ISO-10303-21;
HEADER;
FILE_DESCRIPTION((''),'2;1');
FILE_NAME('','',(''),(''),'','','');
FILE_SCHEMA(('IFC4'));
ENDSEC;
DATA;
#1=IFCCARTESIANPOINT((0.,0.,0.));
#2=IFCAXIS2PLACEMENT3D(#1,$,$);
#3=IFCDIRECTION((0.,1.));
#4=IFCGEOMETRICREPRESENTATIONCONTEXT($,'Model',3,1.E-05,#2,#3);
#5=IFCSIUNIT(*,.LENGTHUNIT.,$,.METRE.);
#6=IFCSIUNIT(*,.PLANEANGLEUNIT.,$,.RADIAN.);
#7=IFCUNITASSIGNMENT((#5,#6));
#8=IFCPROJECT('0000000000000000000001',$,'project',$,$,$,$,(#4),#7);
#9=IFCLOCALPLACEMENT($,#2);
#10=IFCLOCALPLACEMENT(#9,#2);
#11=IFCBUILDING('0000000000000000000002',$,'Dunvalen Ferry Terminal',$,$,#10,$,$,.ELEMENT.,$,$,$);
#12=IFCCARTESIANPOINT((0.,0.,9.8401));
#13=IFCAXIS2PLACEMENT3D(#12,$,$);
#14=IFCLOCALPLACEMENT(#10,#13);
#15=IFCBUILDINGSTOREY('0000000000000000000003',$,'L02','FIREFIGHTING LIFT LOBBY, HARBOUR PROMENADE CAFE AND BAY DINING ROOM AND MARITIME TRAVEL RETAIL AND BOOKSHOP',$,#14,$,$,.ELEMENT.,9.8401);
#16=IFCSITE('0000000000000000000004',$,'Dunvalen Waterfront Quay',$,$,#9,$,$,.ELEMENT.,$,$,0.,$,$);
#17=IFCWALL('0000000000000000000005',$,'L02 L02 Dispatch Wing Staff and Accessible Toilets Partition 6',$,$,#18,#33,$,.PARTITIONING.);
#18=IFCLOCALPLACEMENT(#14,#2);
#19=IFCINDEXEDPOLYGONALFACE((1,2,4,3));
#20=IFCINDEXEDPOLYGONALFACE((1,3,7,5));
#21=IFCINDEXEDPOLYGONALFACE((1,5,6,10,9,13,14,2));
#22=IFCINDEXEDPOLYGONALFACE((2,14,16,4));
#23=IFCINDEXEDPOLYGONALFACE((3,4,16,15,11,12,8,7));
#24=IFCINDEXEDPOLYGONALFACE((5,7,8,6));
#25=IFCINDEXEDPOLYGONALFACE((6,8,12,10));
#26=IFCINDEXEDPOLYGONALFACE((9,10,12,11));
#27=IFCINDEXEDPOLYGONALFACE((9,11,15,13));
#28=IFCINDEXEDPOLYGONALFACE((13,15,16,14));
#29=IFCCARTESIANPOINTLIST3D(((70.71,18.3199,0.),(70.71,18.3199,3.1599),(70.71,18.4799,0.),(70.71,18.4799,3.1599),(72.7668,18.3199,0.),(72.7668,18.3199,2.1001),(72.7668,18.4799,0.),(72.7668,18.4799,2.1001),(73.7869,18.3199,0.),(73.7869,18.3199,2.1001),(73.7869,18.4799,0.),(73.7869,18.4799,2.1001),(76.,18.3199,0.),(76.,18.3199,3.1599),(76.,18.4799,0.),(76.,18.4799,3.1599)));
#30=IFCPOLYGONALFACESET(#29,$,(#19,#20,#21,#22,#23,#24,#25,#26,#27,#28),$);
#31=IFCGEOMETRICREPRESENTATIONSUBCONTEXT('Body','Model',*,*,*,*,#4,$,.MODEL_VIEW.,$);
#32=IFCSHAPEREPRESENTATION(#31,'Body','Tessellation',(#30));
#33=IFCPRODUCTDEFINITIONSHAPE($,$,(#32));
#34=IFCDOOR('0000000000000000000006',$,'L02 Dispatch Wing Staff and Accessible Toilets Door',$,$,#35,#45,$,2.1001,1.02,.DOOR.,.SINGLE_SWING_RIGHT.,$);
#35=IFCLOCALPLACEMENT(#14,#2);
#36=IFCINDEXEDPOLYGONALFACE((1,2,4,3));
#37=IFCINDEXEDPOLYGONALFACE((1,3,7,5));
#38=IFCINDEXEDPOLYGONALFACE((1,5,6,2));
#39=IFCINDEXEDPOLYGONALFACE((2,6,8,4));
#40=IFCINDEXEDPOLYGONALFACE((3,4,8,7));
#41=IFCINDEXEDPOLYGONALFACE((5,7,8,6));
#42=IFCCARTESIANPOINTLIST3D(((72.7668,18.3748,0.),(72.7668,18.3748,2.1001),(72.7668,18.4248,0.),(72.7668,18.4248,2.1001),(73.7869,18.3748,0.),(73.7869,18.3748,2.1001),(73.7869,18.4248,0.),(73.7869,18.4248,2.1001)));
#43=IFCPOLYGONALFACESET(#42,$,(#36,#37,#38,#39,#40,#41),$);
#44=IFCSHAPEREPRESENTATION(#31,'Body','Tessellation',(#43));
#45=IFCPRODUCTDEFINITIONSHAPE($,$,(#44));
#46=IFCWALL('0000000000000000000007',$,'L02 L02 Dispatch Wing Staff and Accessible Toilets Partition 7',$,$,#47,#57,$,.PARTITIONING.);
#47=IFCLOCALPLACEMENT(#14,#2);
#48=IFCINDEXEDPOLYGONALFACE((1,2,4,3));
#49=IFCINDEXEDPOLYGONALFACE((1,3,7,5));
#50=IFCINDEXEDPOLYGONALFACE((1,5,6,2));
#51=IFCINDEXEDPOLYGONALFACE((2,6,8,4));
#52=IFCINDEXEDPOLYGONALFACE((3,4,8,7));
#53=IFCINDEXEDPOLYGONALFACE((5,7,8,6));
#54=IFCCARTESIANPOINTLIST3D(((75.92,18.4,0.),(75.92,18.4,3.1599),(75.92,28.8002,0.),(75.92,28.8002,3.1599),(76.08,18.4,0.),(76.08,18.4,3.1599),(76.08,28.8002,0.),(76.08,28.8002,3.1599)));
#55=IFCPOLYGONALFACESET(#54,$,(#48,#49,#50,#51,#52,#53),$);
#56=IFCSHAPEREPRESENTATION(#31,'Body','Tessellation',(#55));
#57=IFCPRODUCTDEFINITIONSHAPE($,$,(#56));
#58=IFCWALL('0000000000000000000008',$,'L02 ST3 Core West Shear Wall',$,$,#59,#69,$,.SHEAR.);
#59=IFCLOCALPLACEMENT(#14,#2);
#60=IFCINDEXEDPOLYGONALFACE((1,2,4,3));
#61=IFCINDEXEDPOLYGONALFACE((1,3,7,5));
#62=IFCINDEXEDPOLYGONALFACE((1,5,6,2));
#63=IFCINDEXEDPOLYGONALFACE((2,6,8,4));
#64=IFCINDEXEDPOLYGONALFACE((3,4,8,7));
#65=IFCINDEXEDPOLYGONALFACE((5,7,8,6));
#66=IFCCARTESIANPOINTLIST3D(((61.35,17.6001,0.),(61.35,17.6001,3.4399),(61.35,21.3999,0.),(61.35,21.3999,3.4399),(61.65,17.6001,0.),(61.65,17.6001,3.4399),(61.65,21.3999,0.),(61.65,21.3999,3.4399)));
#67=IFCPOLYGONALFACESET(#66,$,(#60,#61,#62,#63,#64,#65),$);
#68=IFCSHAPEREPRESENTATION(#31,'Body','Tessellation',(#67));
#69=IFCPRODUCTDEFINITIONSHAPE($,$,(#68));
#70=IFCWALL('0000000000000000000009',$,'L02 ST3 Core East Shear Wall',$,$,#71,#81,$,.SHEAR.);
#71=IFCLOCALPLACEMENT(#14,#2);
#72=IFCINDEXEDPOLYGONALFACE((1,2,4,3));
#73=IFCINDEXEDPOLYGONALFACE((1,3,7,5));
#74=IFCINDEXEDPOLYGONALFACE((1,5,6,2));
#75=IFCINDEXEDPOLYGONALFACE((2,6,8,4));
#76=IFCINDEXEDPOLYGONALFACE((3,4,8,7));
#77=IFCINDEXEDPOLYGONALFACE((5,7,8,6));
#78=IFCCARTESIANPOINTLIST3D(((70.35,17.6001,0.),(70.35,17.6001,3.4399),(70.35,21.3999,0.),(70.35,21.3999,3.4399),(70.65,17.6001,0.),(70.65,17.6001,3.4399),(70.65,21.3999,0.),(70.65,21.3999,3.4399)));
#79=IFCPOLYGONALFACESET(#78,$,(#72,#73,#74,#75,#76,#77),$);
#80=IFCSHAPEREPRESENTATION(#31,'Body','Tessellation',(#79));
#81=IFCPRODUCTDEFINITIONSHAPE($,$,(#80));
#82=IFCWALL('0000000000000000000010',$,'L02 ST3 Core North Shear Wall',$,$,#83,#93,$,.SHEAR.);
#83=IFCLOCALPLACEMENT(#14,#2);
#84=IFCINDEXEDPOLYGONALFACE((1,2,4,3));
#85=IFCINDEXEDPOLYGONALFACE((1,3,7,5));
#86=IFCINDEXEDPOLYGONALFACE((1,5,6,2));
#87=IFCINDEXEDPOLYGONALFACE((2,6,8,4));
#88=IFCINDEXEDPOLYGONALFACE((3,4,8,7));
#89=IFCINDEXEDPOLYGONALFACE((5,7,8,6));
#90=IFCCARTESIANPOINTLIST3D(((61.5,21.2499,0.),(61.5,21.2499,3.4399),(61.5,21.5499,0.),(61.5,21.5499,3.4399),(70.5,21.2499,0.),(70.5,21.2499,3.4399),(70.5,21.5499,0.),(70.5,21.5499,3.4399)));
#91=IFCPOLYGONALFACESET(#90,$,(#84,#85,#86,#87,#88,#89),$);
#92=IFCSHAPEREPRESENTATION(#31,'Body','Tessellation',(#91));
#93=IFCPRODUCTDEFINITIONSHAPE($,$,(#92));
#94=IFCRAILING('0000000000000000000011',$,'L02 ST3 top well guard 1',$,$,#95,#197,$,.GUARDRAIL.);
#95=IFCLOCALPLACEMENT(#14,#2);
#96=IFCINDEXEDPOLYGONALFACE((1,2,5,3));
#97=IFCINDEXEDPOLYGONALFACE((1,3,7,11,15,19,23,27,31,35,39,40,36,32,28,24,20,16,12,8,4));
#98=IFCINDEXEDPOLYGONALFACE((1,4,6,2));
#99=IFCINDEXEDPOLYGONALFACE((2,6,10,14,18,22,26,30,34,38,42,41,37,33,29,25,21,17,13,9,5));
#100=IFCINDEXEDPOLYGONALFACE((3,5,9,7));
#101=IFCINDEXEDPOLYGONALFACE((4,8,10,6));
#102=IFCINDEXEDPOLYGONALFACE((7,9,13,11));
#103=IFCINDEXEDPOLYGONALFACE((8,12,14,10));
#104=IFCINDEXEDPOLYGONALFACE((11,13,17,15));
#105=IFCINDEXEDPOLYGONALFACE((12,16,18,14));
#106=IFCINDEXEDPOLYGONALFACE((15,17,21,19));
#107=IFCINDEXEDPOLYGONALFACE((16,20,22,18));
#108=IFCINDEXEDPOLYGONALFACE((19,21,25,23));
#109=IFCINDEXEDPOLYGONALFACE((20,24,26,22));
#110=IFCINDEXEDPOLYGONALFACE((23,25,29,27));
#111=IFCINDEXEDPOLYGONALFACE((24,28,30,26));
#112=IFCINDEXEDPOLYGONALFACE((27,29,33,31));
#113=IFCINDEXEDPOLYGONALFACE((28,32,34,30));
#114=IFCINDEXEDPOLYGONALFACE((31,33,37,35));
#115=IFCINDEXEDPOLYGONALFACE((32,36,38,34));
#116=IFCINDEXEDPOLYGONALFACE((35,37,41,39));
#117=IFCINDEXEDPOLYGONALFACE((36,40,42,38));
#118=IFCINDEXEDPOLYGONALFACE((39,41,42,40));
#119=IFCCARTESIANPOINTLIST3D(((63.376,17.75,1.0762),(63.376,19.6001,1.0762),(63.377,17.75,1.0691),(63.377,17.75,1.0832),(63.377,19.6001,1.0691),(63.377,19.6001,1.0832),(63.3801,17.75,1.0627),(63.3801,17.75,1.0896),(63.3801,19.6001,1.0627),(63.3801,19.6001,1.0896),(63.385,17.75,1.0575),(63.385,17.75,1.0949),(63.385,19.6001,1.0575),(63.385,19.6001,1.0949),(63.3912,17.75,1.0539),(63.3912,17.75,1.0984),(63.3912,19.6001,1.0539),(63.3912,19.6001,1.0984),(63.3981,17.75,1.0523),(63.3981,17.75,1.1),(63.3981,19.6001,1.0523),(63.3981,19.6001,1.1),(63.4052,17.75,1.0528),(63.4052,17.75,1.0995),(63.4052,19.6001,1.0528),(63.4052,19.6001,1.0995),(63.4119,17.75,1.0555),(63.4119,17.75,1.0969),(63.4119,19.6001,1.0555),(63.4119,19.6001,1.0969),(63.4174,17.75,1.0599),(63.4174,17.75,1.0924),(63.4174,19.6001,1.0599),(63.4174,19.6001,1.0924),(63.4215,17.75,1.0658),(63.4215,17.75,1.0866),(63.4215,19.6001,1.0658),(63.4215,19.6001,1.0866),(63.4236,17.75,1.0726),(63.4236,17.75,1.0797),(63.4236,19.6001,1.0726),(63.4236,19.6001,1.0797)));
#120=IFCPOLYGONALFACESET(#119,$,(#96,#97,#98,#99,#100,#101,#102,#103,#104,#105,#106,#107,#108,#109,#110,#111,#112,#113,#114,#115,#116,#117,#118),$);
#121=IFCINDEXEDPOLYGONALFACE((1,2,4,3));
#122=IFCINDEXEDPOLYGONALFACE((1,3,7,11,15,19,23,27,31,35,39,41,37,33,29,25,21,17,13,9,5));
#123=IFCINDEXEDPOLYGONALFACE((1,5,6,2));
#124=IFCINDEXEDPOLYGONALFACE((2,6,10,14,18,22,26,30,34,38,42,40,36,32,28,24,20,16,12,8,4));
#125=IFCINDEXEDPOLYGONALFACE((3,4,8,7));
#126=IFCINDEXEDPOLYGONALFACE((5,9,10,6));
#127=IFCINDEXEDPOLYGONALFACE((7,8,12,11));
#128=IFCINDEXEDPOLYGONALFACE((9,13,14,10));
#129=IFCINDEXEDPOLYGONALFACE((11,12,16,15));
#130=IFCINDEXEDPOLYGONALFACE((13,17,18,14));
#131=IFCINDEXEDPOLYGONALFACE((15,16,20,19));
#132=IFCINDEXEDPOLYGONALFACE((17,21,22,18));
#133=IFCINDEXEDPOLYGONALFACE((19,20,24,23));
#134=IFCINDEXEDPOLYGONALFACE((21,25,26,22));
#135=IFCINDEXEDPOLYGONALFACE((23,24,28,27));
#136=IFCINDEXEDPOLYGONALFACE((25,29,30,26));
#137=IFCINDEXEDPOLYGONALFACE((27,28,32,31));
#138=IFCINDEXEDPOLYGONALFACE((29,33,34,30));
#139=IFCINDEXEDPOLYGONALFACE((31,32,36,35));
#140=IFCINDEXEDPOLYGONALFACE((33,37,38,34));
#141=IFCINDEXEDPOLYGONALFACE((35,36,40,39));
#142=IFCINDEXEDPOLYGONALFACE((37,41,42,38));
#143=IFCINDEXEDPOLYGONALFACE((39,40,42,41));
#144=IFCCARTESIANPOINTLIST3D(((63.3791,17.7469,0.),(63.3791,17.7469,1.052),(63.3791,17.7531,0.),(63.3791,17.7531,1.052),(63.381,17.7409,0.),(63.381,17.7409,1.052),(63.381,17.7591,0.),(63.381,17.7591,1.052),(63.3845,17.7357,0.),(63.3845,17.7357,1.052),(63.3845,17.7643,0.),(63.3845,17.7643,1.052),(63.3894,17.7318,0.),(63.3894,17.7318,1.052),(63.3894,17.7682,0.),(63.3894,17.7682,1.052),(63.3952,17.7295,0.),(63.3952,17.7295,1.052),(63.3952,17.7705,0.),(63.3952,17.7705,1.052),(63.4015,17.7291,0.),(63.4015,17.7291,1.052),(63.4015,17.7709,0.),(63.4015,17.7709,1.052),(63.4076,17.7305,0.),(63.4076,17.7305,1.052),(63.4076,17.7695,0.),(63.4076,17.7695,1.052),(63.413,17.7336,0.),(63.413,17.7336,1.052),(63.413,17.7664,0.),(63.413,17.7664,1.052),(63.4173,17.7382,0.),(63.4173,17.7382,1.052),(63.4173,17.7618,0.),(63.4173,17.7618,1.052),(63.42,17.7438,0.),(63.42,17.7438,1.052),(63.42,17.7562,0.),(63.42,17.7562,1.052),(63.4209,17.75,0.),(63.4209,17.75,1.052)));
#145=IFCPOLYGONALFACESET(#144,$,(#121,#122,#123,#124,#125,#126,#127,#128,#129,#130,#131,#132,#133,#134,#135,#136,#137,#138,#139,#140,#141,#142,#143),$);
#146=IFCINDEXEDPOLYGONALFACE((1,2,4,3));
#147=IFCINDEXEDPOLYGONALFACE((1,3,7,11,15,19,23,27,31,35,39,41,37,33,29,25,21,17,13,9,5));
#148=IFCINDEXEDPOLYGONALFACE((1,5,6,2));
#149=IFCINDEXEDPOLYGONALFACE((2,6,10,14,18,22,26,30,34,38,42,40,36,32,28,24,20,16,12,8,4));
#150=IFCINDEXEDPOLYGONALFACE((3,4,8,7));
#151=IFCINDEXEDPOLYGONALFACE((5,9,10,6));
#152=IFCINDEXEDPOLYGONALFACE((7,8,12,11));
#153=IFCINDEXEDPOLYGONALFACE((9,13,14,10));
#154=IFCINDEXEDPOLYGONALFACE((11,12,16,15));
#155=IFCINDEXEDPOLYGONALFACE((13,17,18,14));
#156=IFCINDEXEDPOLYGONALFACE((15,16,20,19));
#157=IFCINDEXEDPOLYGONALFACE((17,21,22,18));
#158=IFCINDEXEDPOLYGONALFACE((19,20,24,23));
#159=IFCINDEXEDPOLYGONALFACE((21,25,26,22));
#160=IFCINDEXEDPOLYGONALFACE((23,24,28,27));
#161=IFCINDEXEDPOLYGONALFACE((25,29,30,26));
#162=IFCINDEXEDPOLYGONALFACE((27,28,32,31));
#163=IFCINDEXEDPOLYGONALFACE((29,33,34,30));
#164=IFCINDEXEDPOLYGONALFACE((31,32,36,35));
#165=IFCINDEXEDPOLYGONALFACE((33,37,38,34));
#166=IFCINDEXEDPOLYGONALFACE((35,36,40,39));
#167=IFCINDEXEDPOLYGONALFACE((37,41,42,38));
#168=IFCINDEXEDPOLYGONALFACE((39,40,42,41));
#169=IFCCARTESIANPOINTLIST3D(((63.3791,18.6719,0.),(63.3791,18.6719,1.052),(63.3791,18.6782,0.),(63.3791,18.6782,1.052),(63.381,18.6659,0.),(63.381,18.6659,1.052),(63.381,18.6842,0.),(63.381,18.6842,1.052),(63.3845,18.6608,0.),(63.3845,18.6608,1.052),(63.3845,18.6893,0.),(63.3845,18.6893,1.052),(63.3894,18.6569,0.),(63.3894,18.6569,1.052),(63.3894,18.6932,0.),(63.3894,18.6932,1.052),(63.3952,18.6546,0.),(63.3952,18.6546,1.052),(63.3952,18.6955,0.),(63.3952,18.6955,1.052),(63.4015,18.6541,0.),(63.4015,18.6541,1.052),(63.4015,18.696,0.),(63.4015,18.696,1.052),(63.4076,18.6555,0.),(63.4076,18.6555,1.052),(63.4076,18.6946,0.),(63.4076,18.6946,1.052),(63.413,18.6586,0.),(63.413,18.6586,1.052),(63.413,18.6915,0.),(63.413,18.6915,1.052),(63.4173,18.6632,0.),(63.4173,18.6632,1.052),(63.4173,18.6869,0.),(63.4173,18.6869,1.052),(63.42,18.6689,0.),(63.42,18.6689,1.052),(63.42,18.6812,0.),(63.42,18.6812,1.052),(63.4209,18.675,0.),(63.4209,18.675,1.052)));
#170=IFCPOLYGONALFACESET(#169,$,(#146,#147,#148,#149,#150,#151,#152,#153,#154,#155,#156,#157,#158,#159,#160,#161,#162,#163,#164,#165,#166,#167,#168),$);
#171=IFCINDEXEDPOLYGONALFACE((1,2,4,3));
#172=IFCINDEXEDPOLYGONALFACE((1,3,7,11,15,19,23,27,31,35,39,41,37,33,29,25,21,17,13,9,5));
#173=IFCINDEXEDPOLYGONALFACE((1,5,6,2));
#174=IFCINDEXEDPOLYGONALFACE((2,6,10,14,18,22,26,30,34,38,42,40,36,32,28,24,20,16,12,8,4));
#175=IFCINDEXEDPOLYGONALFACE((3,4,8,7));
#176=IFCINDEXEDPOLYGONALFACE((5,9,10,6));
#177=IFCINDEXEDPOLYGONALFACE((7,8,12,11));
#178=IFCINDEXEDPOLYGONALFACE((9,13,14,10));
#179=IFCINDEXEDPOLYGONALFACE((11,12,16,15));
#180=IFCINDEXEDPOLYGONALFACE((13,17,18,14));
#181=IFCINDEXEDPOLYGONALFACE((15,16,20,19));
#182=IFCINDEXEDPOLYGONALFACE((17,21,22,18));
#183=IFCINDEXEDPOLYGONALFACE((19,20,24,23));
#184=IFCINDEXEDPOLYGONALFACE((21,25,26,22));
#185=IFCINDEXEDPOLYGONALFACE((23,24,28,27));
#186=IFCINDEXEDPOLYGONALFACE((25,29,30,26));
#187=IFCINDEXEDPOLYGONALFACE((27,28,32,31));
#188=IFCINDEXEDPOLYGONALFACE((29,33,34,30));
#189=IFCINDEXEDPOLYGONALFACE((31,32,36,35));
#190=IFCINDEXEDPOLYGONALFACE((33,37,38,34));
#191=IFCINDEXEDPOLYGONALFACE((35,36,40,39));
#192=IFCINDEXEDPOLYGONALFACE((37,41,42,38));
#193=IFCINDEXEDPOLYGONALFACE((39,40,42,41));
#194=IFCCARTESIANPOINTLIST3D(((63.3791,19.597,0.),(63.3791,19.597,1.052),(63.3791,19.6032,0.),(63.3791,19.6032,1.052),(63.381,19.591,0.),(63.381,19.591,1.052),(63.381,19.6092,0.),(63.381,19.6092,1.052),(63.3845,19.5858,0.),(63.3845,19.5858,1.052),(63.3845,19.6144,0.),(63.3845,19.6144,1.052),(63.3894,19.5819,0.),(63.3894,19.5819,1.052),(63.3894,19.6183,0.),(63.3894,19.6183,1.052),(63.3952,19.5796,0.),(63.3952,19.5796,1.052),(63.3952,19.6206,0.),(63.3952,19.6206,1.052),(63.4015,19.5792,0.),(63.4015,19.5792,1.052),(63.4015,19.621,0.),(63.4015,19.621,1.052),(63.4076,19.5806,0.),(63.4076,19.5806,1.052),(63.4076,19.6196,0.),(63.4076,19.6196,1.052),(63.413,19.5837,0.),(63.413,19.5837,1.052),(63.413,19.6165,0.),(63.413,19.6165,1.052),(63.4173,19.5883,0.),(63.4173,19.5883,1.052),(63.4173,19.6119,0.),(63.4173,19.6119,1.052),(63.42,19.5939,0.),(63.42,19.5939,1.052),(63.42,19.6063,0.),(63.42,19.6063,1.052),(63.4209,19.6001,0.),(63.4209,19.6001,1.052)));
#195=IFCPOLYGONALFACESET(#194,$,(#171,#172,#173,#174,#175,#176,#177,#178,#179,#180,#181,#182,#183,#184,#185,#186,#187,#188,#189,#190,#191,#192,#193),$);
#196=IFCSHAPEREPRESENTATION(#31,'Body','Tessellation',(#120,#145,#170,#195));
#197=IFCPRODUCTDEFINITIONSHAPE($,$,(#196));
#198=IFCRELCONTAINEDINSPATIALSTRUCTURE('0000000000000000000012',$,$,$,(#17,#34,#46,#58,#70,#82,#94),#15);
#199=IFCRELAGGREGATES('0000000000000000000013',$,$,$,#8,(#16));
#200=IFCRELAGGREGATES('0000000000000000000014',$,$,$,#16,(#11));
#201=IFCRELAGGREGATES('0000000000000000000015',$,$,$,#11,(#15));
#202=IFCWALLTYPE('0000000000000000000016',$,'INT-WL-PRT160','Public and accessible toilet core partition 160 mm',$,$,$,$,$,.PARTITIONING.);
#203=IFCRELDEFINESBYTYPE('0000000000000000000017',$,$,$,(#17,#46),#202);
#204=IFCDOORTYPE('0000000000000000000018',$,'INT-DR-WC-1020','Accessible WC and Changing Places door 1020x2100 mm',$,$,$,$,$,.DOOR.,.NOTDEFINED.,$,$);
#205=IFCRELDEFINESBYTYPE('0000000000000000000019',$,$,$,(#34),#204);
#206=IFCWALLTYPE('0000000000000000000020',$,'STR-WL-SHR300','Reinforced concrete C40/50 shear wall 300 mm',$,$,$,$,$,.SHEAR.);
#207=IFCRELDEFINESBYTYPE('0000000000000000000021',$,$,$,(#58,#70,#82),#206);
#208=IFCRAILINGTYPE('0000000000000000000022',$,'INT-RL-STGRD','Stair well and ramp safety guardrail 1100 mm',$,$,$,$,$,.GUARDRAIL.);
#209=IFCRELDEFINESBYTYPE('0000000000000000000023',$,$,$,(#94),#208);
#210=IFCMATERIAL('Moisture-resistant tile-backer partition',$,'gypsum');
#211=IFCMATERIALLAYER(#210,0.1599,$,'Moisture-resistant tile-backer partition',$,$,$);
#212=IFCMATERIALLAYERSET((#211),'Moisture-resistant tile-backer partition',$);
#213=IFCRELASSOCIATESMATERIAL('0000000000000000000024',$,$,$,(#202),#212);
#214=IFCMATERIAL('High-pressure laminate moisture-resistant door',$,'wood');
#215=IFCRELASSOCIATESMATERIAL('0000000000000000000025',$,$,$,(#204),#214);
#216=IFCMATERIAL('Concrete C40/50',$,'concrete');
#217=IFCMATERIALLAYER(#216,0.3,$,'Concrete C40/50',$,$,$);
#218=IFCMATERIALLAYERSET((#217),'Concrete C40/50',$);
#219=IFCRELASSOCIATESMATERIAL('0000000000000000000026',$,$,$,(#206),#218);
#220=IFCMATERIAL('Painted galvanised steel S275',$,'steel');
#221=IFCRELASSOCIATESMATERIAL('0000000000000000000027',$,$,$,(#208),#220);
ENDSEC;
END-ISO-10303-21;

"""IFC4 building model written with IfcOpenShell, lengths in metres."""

from ifc_helpers import new_model, si_unit, direction, frame, frame_2d, origin, origin_2d, place, context, subcontext, project, spatial, rectangle, circle, extrude, material, layer, layer_set, type_object, element, fill, save


model = new_model("IFC4")

# Units and contexts
model_context = context("Model", 3, precision=1e-05, world=origin(), true_north=direction((0.0, 1.0)))
body_context = subcontext(model_context, "Body", "Model", "MODEL_VIEW")
ifc_project = project(units=[si_unit("LENGTHUNIT", "METRE"), si_unit("PLANEANGLEUNIT", "RADIAN")], contexts=[model_context])

# Site, building, storey
site_placement = place(None, origin())
site = spatial("IfcSite", under=ifc_project, at=site_placement, Name="Dunvalen Waterfront Quay", CompositionType="ELEMENT", RefElevation=0.0)
building_placement = place(site_placement, origin())
building = spatial("IfcBuilding", under=site, at=building_placement, Name="Dunvalen Ferry Terminal", CompositionType="ELEMENT")
storey_placement = place(building_placement, frame((0.0, 0.0, 9.8401)))
storey = spatial("IfcBuildingStorey", under=building, at=storey_placement, Name="L02", Description="FIREFIGHTING LIFT LOBBY, HARBOUR PROMENADE CAFE AND BAY DINING ROOM AND MARITIME TRAVEL RETAIL AND BOOKSHOP", CompositionType="ELEMENT", Elevation=9.8401)

# Shared definitions
ifc_material_1 = material(Name="Concrete C40/50", Category="concrete")

# Shared definitions
ifc_material_2 = material(Name="Moisture-resistant tile-backer partition", Category="gypsum")
ifc_layer_1 = layer(ifc_material_2, 0.1599, Name="Moisture-resistant tile-backer partition")
ifc_layer_set_1 = layer_set([ifc_layer_1], Name="Moisture-resistant tile-backer partition")
wall_type_1 = type_object("IfcWallType", Name="INT-WL-PRT160", Description="Public and accessible toilet core partition 160 mm", PredefinedType="PARTITIONING", material=ifc_layer_set_1)

# Wall, opening, door
wall_1_placement = place(storey_placement, frame((70.71, 18.3999, 0.0), z_axis=(0.0, 0.0, 1.0), x_axis=(1.0, 0.0, 0.0)))
wall_1 = element("IfcWall", 1, at=wall_1_placement, inside=storey, type_object=wall_type_1, Name="L02 L02 Dispatch Wing Staff and Accessible Toilets Partition 6", PredefinedType="PARTITIONING", context=body_context, shape_type="SweptSolid", body=[
    extrude(rectangle(XDim=5.29, YDim=0.1599, at=frame_2d((2.645, 0.0))), origin(), (0.0, 0.0, 1.0), 3.1599),
])
opening_1_placement = place(wall_1_placement, frame((2.0569, 0.0, 0.0)))
opening_1 = element("IfcOpeningElement", 2, at=opening_1_placement, cuts=wall_1, PredefinedType="OPENING", context=body_context, shape_type="SweptSolid", body=[
    extrude(rectangle(XDim=1.02, YDim=2.1001, at=frame_2d((0.51, 1.05))), frame((0.0, 0.0898, 0.0), z_axis=(0.0, -1.0, 0.0), x_axis=(1.0, 0.0, 0.0)), (0.0, 0.0, 1.0), 0.1799),
])
ifc_material_3 = material(Name="High-pressure laminate moisture-resistant door", Category="wood")
door_type_1 = type_object("IfcDoorType", Name="INT-DR-WC-1020", Description="Accessible WC and Changing Places door 1020x2100 mm", OperationType="NOTDEFINED", PredefinedType="DOOR", material=ifc_material_3)
door_1_placement = place(opening_1_placement, origin())
door_1 = element("IfcDoor", 3, at=door_1_placement, inside=storey, type_object=door_type_1, Name="L02 Dispatch Wing Staff and Accessible Toilets Door", OperationType="SINGLE_SWING_RIGHT", OverallHeight=2.1001, OverallWidth=1.02, PredefinedType="DOOR", context=body_context, shape_type="SweptSolid", body=[
    extrude(rectangle(XDim=1.02, YDim=2.1001, at=frame_2d((0.51, 1.05))), frame((0.0, 0.0249, 0.0), z_axis=(0.0, -1.0, 0.0), x_axis=(1.0, 0.0, 0.0)), (0.0, 0.0, 1.0), 0.05),
])
fill(opening_1, door_1)

# Walls
wall_2_placement = place(storey_placement, frame((76.0, 18.3999, 0.0), z_axis=(0.0, 0.0, 1.0), x_axis=(0.0, 1.0, 0.0)))
element("IfcWall", 4, at=wall_2_placement, inside=storey, type_object=wall_type_1, Name="L02 L02 Dispatch Wing Staff and Accessible Toilets Partition 7", PredefinedType="PARTITIONING", context=body_context, shape_type="SweptSolid", body=[
    extrude(rectangle(XDim=10.4001, YDim=0.1599, at=frame_2d((5.2002, 0.0))), origin(), (0.0, 0.0, 1.0), 3.1599),
])
ifc_layer_2 = layer(ifc_material_1, 0.3, Name="Concrete C40/50")
ifc_layer_set_2 = layer_set([ifc_layer_2], Name="Concrete C40/50")
wall_type_2 = type_object("IfcWallType", Name="STR-WL-SHR300", Description="Reinforced concrete C40/50 shear wall 300 mm", PredefinedType="SHEAR", material=ifc_layer_set_2)
for number, where, z_axis, x_axis, name in (
    (5, (61.5, 17.6001, 0.0), (0.0, 0.0, 1.0), (0.0, 1.0, 0.0), "L02 ST3 Core West Shear Wall"),
    (6, (70.5, 17.6001, 0.0), (0.0, 0.0, 1.0), (0.0, 1.0, 0.0), "L02 ST3 Core East Shear Wall"),
):
    element("IfcWall", number, at=place(storey_placement, frame(where, z_axis=z_axis, x_axis=x_axis)), inside=storey, type_object=wall_type_2, Name=name, PredefinedType="SHEAR", context=body_context, shape_type="SweptSolid", body=[
        extrude(rectangle(XDim=3.7998, YDim=0.3, at=frame_2d((1.8999, 0.0))), origin(), (0.0, 0.0, 1.0), 3.4399),
    ])
wall_3_placement = place(storey_placement, frame((61.5, 21.3999, 0.0), z_axis=(0.0, 0.0, 1.0), x_axis=(1.0, 0.0, 0.0)))
element("IfcWall", 7, at=wall_3_placement, inside=storey, type_object=wall_type_2, Name="L02 ST3 Core North Shear Wall", PredefinedType="SHEAR", context=body_context, shape_type="SweptSolid", body=[
    extrude(rectangle(XDim=9.0, YDim=0.3, at=frame_2d((4.5, 0.0))), origin(), (0.0, 0.0, 1.0), 3.4399),
])

# Railing
ifc_material_4 = material(Name="Painted galvanised steel S275", Category="steel")
railing_type = type_object("IfcRailingType", Name="INT-RL-STGRD", Description="Stair well and ramp safety guardrail 1100 mm", PredefinedType="GUARDRAIL", material=ifc_material_4)
railing_placement = place(storey_placement, frame((63.3999, 17.75, 0.0)))
element("IfcRailing", 8, at=railing_placement, inside=storey, type_object=railing_type, Name="L02 ST3 top well guard 1", PredefinedType="GUARDRAIL", context=body_context, shape_type="SweptSolid", body=[
    extrude(circle(Radius=0.0239, at=origin_2d()), frame((0.0, 0.0, 1.0762), z_axis=(0.0, 1.0, 0.0), x_axis=(-1.0, 0.0, 0.0)), (0.0, 0.0, 1.0), 1.8501),
    extrude(circle(Radius=0.021, at=origin_2d()), origin(), (0.0, 0.0, 1.0), 1.052),
    extrude(circle(Radius=0.021, at=origin_2d()), frame((0.0, 0.925, 0.0)), (0.0, 0.0, 1.0), 1.052),
    extrude(circle(Radius=0.021, at=origin_2d()), frame((0.0, 1.8501, 0.0)), (0.0, 0.0, 1.0), 1.052),
])

save(model, "model.ifc")
